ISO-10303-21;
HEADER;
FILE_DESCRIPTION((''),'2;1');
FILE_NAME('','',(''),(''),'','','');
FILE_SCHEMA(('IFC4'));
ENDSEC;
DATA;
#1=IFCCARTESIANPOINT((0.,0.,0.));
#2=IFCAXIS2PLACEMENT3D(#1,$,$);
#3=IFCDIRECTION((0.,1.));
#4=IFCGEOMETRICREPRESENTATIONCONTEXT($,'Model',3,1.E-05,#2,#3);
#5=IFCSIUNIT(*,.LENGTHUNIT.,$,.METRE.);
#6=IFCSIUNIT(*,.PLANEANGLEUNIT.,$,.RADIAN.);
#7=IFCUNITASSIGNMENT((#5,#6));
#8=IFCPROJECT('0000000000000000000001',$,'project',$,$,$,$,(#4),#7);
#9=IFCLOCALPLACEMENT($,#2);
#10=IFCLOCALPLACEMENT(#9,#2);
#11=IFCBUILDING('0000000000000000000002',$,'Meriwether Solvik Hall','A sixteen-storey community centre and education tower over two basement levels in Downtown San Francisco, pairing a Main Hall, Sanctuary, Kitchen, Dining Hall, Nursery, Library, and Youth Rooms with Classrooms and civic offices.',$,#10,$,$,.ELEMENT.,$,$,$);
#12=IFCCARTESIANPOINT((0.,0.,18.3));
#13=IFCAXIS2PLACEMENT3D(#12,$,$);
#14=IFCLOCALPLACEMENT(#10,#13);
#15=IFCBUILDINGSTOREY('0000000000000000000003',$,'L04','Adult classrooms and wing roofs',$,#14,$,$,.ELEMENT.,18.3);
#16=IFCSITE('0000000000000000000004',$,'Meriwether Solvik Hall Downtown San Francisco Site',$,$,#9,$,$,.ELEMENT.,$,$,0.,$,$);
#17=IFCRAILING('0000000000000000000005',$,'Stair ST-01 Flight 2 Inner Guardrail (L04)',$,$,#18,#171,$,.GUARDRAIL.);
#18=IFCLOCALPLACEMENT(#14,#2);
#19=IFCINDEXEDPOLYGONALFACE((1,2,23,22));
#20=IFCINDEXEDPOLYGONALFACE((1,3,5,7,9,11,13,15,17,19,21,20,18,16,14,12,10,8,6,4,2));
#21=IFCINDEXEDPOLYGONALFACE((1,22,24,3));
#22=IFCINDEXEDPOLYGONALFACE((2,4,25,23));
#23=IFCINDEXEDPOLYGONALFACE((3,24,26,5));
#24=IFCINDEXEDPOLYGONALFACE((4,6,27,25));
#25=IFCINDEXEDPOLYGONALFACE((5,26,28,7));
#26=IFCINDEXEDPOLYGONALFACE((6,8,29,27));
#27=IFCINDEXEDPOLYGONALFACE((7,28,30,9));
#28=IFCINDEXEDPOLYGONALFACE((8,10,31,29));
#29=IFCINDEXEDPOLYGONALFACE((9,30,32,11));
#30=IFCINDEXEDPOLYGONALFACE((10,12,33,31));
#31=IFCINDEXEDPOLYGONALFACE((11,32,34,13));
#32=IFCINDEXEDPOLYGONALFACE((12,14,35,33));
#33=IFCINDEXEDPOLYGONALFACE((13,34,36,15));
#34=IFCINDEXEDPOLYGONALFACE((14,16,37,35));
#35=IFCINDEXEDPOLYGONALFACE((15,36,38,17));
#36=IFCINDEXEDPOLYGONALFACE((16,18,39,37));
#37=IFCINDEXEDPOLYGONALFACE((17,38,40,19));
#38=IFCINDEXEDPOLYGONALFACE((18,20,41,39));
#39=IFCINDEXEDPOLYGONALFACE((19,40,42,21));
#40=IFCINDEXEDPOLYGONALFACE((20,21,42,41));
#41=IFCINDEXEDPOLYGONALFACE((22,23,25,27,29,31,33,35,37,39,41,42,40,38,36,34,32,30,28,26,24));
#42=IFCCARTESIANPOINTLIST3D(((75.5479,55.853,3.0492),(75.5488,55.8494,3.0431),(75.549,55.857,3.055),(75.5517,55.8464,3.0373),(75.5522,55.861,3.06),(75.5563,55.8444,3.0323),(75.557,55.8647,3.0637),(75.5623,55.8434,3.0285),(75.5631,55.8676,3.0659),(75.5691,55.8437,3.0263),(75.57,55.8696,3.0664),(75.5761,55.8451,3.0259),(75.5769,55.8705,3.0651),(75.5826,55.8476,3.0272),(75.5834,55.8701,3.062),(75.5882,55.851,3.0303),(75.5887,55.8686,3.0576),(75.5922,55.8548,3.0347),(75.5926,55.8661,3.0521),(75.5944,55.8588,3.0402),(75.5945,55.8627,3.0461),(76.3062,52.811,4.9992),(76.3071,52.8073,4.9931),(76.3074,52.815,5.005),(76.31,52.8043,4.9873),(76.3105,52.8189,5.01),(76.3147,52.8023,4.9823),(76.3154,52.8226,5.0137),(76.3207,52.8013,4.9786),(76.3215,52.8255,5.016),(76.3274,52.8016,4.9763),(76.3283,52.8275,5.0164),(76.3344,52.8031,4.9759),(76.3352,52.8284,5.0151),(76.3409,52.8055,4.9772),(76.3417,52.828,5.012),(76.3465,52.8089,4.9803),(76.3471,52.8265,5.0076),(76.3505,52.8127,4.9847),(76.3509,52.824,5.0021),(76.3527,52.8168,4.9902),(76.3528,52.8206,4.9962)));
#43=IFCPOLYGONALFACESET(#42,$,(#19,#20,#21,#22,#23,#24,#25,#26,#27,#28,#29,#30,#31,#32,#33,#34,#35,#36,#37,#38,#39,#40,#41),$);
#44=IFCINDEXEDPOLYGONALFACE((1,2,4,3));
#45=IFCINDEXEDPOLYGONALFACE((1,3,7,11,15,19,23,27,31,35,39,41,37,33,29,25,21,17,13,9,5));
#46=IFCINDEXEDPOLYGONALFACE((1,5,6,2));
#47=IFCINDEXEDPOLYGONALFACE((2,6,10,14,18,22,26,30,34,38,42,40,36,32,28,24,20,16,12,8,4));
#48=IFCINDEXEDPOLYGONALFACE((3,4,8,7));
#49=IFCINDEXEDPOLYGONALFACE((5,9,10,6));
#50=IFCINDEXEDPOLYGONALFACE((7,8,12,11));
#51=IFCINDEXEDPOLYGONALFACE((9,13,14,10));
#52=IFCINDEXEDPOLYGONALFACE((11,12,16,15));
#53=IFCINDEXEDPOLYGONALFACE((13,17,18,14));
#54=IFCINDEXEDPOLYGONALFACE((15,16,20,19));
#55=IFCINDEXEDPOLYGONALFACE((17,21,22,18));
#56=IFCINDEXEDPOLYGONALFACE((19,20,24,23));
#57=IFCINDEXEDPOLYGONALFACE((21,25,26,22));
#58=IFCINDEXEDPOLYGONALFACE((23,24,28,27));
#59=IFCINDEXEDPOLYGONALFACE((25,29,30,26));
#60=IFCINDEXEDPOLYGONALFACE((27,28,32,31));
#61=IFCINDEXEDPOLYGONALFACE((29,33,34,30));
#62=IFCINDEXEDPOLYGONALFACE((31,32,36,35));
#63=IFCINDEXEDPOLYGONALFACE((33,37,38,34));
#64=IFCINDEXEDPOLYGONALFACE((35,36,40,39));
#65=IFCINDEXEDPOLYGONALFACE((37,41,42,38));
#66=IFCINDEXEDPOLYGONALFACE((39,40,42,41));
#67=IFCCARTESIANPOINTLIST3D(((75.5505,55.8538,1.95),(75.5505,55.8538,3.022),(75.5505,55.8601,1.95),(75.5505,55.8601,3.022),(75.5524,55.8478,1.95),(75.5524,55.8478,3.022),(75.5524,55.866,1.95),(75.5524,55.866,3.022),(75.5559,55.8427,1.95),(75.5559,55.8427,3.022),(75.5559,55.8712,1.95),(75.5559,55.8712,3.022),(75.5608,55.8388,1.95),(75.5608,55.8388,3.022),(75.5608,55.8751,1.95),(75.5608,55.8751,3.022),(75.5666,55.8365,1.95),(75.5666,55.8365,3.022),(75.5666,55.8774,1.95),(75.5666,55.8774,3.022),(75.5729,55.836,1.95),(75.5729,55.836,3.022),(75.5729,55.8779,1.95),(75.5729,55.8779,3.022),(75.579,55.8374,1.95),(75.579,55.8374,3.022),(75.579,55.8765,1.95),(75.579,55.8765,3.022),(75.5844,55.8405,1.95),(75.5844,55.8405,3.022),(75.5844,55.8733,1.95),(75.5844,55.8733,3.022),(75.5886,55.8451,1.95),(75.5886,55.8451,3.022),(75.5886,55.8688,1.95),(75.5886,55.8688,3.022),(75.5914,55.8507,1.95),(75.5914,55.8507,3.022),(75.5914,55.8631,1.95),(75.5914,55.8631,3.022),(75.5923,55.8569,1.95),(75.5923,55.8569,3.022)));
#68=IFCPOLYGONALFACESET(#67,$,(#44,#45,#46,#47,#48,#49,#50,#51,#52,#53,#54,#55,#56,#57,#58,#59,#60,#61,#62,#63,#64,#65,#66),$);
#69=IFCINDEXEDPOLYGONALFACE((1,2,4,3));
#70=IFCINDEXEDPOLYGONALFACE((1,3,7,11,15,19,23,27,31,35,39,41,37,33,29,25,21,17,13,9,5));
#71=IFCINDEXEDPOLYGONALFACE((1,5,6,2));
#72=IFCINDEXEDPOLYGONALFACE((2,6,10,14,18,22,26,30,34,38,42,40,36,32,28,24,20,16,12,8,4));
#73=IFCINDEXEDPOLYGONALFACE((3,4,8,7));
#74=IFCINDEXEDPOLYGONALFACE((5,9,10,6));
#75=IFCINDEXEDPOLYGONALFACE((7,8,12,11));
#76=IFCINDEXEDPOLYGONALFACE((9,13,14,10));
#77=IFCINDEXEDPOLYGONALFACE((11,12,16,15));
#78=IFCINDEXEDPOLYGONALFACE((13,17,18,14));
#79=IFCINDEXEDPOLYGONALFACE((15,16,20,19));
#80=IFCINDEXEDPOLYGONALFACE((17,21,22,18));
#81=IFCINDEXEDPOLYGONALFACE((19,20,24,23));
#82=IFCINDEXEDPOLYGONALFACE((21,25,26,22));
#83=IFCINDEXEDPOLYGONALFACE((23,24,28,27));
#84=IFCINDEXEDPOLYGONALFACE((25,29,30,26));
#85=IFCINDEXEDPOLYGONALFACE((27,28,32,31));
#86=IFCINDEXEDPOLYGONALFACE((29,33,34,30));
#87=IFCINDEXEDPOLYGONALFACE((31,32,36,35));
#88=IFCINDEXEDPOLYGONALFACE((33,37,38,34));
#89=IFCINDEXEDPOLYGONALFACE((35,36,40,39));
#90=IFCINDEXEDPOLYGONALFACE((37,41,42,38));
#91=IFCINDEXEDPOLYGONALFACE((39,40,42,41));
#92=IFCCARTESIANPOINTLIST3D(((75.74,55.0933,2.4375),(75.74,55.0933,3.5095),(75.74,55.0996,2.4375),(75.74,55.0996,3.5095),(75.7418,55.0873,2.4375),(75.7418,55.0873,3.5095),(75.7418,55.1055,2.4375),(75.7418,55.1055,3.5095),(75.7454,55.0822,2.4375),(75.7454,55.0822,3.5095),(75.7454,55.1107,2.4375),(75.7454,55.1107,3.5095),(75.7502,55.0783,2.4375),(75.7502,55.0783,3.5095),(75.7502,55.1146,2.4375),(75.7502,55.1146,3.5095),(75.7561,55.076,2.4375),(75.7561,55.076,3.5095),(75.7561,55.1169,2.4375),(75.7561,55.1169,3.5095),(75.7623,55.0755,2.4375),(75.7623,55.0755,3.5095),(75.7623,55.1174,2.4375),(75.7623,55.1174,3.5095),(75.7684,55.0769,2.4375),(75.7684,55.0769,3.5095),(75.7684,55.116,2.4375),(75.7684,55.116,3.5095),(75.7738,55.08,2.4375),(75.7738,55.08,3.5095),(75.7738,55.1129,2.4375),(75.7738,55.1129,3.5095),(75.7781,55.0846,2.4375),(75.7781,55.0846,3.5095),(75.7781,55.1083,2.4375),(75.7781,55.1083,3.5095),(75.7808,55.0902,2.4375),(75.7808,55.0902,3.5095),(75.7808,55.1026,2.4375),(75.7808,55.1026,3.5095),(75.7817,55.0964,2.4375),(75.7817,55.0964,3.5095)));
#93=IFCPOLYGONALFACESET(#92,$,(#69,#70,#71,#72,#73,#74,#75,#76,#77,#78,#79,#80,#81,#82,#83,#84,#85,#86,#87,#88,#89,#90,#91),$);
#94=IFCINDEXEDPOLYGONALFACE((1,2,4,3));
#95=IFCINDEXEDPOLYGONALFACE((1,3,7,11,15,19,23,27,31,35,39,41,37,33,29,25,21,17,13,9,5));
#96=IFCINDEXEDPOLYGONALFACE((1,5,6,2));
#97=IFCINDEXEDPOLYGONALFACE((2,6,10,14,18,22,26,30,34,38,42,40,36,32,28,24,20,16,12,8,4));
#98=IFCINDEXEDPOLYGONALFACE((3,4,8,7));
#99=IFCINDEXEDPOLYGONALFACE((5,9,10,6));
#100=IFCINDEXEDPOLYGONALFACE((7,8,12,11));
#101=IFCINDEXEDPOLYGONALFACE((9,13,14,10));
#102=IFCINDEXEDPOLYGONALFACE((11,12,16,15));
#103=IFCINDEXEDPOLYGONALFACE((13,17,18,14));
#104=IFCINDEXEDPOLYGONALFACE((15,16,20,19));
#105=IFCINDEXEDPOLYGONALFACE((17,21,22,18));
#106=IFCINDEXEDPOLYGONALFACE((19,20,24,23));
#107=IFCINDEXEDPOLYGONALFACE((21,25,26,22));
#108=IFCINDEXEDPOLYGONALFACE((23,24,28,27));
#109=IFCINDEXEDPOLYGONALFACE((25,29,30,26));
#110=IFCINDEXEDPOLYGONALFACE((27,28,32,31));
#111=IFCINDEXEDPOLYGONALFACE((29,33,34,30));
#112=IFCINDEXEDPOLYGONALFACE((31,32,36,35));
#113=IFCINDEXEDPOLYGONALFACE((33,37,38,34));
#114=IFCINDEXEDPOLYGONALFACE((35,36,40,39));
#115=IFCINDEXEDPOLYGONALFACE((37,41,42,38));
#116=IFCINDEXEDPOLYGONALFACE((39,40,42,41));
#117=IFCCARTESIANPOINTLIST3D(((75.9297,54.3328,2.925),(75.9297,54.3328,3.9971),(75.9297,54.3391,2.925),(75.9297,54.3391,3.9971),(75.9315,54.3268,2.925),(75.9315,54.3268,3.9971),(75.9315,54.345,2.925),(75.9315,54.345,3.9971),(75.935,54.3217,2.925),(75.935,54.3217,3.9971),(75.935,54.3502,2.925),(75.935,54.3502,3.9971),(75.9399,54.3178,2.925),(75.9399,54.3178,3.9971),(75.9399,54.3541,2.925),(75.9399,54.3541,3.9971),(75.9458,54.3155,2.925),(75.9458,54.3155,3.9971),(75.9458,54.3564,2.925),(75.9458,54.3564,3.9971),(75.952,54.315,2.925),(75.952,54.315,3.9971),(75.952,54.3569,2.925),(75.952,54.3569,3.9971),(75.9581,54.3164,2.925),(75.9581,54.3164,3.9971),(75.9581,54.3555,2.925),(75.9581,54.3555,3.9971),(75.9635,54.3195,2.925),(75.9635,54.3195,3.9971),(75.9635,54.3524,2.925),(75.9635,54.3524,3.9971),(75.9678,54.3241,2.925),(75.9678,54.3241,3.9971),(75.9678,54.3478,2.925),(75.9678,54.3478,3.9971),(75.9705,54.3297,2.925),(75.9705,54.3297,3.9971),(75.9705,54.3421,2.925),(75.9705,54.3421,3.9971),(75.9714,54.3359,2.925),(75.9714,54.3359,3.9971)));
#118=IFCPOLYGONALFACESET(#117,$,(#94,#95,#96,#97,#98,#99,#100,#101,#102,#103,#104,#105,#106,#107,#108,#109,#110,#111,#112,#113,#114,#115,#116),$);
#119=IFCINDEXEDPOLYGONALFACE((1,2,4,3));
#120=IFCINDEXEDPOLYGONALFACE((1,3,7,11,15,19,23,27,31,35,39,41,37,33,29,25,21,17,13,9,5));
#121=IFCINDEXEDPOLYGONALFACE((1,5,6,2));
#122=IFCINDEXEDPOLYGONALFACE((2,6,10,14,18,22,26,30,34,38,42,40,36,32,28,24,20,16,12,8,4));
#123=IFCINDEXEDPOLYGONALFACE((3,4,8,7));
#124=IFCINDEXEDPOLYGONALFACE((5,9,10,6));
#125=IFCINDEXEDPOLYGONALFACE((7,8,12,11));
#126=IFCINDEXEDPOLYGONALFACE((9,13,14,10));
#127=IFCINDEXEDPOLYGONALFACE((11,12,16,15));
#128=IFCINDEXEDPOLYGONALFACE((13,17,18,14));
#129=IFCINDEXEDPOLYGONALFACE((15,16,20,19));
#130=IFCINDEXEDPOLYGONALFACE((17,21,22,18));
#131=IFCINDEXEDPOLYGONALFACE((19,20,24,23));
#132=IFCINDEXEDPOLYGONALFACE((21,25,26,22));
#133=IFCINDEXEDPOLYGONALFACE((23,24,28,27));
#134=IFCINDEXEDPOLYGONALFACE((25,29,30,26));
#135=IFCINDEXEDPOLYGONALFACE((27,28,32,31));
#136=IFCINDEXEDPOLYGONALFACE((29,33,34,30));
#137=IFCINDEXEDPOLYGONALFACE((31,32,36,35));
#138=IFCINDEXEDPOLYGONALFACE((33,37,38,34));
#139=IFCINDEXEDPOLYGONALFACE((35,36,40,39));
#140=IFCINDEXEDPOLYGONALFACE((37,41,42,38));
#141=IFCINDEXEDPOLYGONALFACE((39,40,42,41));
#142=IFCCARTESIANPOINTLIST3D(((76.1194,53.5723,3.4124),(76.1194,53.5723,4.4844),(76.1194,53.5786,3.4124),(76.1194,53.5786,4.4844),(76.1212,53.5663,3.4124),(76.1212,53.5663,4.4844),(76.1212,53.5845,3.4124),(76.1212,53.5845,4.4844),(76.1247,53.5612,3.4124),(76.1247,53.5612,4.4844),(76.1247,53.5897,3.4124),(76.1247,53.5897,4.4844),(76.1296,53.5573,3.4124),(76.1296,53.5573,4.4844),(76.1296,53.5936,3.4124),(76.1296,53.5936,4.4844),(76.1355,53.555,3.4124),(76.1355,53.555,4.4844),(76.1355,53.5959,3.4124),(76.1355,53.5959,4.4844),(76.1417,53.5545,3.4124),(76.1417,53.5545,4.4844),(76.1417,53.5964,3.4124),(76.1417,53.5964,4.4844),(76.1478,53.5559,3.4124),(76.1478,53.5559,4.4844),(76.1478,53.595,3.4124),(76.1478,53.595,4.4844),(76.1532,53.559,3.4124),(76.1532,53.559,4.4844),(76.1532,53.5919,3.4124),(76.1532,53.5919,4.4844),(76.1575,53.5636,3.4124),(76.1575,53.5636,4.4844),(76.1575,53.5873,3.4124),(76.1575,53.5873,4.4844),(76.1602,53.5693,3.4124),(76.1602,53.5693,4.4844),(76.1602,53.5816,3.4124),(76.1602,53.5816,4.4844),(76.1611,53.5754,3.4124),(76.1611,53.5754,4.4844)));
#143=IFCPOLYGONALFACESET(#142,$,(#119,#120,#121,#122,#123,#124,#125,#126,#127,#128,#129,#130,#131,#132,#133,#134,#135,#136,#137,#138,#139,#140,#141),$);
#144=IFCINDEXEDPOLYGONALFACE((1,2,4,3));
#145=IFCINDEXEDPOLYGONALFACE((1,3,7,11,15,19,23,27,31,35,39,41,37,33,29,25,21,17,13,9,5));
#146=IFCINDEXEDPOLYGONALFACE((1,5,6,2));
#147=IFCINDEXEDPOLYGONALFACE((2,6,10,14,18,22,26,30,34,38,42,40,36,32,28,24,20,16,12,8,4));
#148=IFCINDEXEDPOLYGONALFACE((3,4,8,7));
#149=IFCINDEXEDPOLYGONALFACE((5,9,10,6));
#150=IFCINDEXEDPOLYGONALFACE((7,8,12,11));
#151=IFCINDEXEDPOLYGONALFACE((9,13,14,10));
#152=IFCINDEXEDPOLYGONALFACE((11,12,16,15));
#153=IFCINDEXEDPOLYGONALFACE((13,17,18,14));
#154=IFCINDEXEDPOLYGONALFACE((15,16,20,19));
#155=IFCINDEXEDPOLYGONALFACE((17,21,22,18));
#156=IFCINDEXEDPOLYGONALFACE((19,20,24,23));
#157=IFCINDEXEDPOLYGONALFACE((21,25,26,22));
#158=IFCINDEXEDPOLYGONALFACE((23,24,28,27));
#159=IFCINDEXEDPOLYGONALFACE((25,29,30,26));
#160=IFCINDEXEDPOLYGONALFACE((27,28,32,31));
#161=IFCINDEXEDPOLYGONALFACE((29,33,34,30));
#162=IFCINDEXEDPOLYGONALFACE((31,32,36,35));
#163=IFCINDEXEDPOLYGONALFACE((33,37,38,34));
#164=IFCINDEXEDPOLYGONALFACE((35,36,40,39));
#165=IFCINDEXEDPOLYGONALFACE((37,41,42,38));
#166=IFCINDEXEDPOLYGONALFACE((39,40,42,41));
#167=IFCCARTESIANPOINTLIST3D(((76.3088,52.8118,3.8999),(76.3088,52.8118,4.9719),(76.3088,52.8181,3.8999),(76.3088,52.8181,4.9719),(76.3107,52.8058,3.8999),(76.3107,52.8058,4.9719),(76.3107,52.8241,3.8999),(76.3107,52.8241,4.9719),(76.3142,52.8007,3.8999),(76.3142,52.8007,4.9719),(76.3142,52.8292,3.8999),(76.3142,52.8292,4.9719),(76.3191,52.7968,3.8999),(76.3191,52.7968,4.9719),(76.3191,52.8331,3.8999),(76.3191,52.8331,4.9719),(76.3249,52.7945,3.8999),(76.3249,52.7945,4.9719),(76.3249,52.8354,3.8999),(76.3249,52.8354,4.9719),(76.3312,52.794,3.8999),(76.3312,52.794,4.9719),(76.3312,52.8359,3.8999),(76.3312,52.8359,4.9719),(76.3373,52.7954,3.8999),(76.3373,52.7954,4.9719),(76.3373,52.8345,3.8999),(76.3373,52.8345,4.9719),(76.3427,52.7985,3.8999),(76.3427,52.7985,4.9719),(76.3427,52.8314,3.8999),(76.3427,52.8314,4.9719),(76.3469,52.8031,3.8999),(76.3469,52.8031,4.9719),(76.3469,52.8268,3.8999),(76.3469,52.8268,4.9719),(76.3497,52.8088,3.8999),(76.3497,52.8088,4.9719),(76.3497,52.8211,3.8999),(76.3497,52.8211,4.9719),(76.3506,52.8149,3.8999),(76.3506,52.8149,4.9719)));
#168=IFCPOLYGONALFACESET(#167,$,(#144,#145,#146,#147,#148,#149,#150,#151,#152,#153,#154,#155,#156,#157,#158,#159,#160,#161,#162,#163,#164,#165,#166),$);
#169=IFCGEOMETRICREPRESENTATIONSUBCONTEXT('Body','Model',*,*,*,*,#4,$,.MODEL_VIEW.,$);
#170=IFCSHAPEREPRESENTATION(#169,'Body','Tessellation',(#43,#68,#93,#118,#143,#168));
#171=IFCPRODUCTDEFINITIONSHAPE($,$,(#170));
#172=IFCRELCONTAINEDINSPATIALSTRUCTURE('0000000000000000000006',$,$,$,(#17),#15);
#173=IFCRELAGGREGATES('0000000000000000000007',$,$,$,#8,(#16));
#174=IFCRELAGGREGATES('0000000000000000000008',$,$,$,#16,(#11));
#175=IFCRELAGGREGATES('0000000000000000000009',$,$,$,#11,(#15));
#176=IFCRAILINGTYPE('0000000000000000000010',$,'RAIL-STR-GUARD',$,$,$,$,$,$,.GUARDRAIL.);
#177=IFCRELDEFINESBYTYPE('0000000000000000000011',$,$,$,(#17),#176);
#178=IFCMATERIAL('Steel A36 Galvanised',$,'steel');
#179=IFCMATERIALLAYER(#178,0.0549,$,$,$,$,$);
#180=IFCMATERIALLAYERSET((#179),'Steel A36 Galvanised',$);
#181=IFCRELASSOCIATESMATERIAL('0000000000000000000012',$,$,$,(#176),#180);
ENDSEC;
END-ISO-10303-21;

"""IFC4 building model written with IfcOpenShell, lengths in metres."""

from ifc_helpers import new_model, si_unit, direction, frame, origin, origin_2d, place, context, subcontext, project, spatial, circle, extrude, material, layer, layer_set, type_object, element, save


model = new_model("IFC4")

# Units and contexts
model_context = context("Model", 3, precision=1e-05, world=origin(), true_north=direction((0.0, 1.0)))
body_context = subcontext(model_context, "Body", "Model", "MODEL_VIEW")
ifc_project = project(units=[si_unit("LENGTHUNIT", "METRE"), si_unit("PLANEANGLEUNIT", "RADIAN")], contexts=[model_context])

# Site, building, storey
site_placement = place(None, origin())
site = spatial("IfcSite", under=ifc_project, at=site_placement, Name="Meriwether Solvik Hall Downtown San Francisco Site", CompositionType="ELEMENT", RefElevation=0.0)
building_placement = place(site_placement, origin())
building = spatial("IfcBuilding", under=site, at=building_placement, Name="Meriwether Solvik Hall", Description="A sixteen-storey community centre and education tower over two basement levels in Downtown San Francisco, pairing a Main Hall, Sanctuary, Kitchen, Dining Hall, Nursery, Library, and Youth Rooms with Classrooms and civic offices.", CompositionType="ELEMENT")
storey_placement = place(building_placement, frame((0.0, 0.0, 18.3)))
storey = spatial("IfcBuildingStorey", under=building, at=storey_placement, Name="L04", Description="Adult classrooms and wing roofs", CompositionType="ELEMENT", Elevation=18.3)

# Railing
ifc_material_1 = material(Name="Steel A36 Galvanised", Category="steel")
ifc_layer_1 = layer(ifc_material_1, 0.0549)
ifc_layer_set_1 = layer_set([ifc_layer_1], Name="Steel A36 Galvanised")
railing_type_1 = type_object("IfcRailingType", Name="RAIL-STR-GUARD", PredefinedType="GUARDRAIL", material=ifc_layer_set_1)
railing_1_placement = place(storey_placement, frame((75.5713, 55.8569, 1.95)))
element("IfcRailing", 1, at=railing_1_placement, inside=storey, type_object=railing_type_1, Name="Stair ST-01 Flight 2 Inner Guardrail (L04)", PredefinedType="GUARDRAIL", context=body_context, shape_type="SweptSolid", body=[
    extrude(circle(Radius=0.0239, at=origin_2d()), frame((0.0, 0.0, 1.0962), z_axis=(0.205389, -0.823936, 0.528152), x_axis=(0.970307, 0.241876, 0.0)), (0.0, 0.0, 1.0), 3.6921),
    extrude(circle(Radius=0.021, at=origin_2d()), origin(), (0.0, 0.0, 1.0), 1.072),
    extrude(circle(Radius=0.021, at=origin_2d()), frame((0.1895, -0.7605, 0.4875)), (0.0, 0.0, 1.0), 1.072),
    extrude(circle(Radius=0.021, at=origin_2d()), frame((0.3792, -1.521, 0.9751)), (0.0, 0.0, 1.0), 1.072),
    extrude(circle(Radius=0.021, at=origin_2d()), frame((0.5688, -2.2815, 1.4624)), (0.0, 0.0, 1.0), 1.072),
    extrude(circle(Radius=0.021, at=origin_2d()), frame((0.7583, -3.042, 1.95)), (0.0, 0.0, 1.0), 1.072),
])

save(model, "model.ifc")
